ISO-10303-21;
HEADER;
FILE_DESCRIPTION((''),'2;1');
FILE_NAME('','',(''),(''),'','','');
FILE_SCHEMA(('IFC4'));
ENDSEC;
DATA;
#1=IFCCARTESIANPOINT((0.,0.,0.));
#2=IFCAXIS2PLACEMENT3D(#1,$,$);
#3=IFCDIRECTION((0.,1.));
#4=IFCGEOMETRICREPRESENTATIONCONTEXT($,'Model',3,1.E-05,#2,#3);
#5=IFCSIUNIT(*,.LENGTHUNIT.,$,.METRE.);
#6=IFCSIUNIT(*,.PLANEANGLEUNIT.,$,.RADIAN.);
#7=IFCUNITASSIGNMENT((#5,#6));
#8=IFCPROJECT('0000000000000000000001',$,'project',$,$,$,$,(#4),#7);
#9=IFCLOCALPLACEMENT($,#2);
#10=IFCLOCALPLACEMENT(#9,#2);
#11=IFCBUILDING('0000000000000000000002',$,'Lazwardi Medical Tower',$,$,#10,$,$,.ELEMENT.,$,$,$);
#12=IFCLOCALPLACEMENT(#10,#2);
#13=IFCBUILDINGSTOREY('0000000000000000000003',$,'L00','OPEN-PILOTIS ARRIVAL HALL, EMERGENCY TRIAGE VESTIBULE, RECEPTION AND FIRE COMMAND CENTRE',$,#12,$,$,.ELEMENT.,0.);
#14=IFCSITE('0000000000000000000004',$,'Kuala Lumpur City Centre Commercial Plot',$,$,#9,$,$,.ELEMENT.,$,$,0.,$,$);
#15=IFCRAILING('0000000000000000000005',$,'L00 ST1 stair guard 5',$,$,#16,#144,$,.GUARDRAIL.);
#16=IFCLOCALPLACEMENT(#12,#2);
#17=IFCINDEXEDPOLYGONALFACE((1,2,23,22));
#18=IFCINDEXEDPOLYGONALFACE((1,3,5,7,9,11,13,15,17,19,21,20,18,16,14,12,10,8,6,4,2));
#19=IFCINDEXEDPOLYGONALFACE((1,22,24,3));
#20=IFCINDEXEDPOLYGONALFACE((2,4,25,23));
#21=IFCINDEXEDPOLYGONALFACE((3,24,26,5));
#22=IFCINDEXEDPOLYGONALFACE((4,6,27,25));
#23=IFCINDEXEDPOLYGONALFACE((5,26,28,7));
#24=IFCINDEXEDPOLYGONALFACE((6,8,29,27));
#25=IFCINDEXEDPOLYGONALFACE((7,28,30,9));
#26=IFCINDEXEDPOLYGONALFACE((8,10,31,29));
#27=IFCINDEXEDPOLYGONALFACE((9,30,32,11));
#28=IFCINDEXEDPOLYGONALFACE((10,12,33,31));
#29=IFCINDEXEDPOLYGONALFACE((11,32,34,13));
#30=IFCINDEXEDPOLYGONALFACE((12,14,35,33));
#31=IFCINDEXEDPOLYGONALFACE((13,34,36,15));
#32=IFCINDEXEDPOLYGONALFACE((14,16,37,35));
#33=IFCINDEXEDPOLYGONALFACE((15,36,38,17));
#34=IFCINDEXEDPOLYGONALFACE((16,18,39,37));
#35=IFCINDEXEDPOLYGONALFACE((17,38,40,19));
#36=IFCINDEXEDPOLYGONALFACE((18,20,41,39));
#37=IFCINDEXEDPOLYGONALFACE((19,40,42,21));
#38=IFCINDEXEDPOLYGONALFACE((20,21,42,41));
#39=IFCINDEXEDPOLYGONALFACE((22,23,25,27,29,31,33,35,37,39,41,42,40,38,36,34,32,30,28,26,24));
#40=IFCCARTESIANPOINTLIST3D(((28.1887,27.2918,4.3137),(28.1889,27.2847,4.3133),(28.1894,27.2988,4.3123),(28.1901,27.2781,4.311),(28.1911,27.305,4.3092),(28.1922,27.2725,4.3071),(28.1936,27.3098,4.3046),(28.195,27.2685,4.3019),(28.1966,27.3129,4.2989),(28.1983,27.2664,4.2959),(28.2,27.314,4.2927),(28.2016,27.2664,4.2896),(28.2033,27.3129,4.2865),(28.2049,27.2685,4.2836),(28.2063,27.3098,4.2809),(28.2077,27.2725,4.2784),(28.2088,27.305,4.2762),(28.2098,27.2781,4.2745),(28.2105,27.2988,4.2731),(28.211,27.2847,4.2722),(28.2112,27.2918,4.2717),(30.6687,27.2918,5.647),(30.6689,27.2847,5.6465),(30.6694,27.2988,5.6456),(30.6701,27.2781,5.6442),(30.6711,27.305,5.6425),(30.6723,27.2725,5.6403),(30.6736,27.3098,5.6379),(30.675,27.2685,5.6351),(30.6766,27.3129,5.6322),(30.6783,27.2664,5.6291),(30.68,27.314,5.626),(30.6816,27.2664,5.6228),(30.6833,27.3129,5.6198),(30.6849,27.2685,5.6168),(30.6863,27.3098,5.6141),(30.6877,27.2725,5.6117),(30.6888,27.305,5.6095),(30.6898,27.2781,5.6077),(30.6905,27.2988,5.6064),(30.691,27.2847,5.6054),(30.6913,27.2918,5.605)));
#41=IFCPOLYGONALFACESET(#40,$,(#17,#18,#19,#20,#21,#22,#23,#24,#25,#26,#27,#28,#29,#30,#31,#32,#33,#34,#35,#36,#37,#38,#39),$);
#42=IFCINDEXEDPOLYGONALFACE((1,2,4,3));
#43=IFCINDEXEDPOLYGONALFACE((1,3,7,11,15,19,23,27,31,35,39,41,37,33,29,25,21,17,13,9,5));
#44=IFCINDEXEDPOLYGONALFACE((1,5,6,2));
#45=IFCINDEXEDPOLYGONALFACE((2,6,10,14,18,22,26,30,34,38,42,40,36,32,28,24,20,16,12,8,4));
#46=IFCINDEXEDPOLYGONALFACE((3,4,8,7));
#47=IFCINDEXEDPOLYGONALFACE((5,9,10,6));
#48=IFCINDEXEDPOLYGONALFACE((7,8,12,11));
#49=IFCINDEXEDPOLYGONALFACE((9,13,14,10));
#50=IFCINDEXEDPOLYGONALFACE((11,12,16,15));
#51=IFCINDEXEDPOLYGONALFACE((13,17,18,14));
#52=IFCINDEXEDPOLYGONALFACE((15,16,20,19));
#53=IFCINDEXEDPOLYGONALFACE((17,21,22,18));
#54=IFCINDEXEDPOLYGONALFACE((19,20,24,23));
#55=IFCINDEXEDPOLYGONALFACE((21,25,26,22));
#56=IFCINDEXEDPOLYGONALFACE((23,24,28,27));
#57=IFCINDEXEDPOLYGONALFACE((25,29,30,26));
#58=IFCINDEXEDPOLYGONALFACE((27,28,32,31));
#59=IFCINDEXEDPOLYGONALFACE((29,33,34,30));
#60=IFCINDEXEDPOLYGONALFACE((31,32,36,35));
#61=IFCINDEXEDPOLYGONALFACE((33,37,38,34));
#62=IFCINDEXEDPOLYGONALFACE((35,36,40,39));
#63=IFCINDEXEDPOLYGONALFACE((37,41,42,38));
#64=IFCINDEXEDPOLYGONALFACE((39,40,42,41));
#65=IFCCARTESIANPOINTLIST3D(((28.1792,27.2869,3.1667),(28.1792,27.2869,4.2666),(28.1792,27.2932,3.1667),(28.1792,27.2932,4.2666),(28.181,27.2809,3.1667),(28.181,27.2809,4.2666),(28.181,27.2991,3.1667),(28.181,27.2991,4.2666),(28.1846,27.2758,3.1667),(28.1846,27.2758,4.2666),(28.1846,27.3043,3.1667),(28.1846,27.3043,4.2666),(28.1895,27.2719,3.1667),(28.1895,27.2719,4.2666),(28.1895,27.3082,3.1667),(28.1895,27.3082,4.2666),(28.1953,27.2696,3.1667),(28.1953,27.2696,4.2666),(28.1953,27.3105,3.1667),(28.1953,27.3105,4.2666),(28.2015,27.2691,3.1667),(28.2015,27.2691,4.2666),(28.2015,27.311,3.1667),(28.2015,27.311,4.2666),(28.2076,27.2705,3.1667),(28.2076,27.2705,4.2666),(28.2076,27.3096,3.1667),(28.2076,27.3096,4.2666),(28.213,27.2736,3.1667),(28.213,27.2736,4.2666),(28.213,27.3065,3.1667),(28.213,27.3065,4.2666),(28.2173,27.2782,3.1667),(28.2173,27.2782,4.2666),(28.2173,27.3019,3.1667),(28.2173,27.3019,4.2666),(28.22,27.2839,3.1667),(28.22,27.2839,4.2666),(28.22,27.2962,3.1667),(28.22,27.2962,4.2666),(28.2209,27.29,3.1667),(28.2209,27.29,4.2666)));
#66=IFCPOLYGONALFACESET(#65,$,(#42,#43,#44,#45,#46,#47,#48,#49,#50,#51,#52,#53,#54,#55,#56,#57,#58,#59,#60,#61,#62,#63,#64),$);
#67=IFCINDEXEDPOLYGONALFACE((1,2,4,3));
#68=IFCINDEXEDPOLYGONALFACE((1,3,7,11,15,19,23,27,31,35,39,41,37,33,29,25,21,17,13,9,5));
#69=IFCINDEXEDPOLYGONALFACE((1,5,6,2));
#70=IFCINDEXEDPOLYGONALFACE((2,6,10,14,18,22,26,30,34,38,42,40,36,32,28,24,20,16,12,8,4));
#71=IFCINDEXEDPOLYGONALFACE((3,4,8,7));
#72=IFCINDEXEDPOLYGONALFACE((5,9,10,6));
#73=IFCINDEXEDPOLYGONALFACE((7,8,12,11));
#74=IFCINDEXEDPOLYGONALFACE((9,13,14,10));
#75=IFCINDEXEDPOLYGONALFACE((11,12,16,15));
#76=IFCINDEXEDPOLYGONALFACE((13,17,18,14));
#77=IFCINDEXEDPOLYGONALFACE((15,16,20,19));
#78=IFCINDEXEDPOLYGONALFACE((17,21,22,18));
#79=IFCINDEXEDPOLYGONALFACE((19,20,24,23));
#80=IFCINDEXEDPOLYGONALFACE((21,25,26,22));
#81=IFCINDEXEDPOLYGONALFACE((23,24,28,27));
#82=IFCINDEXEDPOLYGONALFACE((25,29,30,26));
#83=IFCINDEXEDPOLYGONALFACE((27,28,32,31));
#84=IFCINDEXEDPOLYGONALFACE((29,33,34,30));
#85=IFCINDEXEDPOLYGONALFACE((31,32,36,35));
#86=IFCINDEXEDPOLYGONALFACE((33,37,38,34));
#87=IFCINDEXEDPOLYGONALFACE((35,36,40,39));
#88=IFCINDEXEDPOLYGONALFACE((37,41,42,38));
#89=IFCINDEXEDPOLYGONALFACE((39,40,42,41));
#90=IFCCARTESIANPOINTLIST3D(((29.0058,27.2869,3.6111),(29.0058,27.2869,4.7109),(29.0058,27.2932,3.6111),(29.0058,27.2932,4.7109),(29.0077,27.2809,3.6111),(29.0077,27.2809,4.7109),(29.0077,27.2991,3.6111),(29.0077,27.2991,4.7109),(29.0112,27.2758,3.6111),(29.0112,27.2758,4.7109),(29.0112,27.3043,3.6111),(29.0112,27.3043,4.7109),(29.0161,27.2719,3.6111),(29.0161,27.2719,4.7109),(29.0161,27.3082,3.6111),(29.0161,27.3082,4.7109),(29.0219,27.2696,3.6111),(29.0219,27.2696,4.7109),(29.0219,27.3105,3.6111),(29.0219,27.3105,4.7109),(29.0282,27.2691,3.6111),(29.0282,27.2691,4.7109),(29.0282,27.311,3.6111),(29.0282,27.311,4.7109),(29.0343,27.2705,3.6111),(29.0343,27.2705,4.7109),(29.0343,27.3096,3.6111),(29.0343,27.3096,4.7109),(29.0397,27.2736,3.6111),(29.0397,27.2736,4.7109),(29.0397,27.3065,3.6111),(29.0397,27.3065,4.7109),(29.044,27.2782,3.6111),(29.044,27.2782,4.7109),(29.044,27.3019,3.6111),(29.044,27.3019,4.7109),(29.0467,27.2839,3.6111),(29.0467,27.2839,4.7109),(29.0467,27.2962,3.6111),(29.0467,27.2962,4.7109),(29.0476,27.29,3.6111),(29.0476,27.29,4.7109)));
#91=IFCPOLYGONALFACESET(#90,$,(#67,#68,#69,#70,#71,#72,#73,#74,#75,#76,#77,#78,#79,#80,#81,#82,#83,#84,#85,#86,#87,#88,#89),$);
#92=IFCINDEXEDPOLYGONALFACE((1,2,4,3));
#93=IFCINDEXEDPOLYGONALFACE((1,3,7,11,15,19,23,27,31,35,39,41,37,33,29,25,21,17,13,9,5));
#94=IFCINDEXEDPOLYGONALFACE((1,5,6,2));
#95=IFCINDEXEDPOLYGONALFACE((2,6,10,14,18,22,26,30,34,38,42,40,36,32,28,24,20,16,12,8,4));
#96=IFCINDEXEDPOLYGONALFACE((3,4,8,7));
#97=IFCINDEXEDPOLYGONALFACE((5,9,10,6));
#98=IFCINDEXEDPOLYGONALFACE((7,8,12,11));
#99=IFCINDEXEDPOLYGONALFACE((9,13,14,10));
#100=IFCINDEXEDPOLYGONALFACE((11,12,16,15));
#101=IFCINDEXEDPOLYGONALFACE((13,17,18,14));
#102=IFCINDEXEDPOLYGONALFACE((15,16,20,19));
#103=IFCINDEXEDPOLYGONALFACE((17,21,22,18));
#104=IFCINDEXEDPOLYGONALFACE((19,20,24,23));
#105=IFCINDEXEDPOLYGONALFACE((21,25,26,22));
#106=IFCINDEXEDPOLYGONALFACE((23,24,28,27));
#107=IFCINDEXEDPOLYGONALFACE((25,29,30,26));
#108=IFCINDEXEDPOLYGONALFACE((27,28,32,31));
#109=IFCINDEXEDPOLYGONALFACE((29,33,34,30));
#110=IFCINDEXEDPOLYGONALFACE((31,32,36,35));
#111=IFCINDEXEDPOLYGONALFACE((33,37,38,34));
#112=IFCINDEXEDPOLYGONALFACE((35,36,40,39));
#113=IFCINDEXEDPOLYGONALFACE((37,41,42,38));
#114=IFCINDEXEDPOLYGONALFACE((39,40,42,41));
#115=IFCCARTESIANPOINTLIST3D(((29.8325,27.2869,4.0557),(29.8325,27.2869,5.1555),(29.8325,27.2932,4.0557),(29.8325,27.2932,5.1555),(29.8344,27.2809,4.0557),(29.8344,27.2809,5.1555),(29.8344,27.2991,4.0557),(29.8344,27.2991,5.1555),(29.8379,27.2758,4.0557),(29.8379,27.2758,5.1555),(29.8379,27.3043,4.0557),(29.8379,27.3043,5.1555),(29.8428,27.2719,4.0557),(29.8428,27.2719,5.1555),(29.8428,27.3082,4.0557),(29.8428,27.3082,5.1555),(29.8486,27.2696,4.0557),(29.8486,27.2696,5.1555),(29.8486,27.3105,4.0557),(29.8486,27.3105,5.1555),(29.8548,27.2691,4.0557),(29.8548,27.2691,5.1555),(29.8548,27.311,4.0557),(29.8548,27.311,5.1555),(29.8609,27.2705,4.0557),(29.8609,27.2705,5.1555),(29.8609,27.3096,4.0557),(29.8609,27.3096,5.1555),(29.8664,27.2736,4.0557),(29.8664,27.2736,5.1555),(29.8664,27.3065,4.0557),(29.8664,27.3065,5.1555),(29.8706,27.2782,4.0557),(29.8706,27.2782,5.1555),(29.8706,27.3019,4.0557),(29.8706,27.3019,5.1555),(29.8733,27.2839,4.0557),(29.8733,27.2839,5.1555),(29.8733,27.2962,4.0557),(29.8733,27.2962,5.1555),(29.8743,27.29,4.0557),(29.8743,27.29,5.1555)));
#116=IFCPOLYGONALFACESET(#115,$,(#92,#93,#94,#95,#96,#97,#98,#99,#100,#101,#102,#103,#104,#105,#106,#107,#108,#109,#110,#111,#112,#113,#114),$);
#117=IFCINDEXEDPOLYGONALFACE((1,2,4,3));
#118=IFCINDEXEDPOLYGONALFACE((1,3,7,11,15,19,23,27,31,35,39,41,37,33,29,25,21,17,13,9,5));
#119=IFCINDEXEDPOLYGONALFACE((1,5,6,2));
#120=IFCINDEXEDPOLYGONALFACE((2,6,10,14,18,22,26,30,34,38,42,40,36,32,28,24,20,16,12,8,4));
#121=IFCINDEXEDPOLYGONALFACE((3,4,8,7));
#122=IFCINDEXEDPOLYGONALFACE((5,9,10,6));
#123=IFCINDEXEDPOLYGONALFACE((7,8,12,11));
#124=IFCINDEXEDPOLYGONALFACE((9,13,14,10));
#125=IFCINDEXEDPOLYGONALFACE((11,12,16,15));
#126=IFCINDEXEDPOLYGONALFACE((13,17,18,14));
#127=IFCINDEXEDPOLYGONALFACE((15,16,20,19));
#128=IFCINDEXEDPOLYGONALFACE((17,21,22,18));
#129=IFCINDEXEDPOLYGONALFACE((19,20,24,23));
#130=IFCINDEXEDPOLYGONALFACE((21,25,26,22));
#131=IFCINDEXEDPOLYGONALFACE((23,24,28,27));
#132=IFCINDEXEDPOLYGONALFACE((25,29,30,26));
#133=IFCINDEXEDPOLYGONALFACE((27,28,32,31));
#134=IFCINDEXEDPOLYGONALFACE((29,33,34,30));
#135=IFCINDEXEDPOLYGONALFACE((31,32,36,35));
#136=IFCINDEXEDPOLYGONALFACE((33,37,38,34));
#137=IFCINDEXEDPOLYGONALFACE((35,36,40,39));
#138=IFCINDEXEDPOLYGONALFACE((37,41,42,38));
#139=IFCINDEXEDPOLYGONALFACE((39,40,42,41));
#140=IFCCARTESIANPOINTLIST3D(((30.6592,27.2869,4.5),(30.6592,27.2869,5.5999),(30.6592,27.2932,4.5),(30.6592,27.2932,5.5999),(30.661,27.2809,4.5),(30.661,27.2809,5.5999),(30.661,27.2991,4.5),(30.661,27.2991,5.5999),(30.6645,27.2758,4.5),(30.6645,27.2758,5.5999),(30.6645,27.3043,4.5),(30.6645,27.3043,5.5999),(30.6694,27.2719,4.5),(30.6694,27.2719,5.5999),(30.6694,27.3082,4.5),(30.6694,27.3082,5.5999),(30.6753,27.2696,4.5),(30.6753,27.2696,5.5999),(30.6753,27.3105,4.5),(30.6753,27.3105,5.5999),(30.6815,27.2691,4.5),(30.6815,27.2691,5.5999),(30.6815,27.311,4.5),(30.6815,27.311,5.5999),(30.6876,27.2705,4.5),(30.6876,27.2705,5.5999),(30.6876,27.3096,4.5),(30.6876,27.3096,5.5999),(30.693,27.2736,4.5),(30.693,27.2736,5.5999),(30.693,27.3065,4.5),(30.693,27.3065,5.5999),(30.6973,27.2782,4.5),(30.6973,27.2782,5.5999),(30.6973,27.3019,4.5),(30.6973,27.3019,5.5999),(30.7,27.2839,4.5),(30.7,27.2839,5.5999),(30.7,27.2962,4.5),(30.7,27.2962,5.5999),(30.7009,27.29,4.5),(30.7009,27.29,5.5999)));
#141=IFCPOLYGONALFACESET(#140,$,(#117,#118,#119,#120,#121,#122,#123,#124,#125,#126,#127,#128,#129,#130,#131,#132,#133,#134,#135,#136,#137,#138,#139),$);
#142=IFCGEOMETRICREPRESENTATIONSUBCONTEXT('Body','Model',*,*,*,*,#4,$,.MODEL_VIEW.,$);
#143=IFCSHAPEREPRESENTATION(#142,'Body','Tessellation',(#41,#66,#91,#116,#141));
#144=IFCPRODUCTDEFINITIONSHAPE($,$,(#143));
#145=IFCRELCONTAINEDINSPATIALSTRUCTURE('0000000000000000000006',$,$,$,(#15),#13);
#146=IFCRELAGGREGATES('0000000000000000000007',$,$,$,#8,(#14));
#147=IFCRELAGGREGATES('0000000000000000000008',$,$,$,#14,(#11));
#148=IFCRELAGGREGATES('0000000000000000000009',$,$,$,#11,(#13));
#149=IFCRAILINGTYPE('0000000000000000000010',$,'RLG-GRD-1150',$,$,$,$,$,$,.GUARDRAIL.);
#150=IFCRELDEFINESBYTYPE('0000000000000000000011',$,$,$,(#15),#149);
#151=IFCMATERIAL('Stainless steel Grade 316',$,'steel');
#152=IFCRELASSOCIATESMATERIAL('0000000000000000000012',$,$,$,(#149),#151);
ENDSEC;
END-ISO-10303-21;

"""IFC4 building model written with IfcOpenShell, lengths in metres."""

from ifc_helpers import new_model, si_unit, direction, frame, origin, origin_2d, place, context, subcontext, project, spatial, circle, extrude, material, type_object, element, save


model = new_model("IFC4")

# Units and contexts
model_context = context("Model", 3, precision=1e-05, world=origin(), true_north=direction((0.0, 1.0)))
body_context = subcontext(model_context, "Body", "Model", "MODEL_VIEW")
ifc_project = project(units=[si_unit("LENGTHUNIT", "METRE"), si_unit("PLANEANGLEUNIT", "RADIAN")], contexts=[model_context])

# Site, building, storey
site_placement = place(None, origin())
site = spatial("IfcSite", under=ifc_project, at=site_placement, Name="Kuala Lumpur City Centre Commercial Plot", CompositionType="ELEMENT", RefElevation=0.0)
building_placement = place(site_placement, origin())
building = spatial("IfcBuilding", under=site, at=building_placement, Name="Lazwardi Medical Tower", CompositionType="ELEMENT")
storey_placement = place(building_placement, origin())
storey = spatial("IfcBuildingStorey", under=building, at=storey_placement, Name="L00", Description="OPEN-PILOTIS ARRIVAL HALL, EMERGENCY TRIAGE VESTIBULE, RECEPTION AND FIRE COMMAND CENTRE", CompositionType="ELEMENT", Elevation=0.0)

# Railing
ifc_material_1 = material(Name="Stainless steel Grade 316", Category="steel")
railing_type_1 = type_object("IfcRailingType", Name="RLG-GRD-1150", PredefinedType="GUARDRAIL", material=ifc_material_1)
railing_1_placement = place(storey_placement, frame((28.2, 27.29, 3.1667)))
element("IfcRailing", 1, at=railing_1_placement, inside=storey, type_object=railing_type_1, Name="L00 ST1 stair guard 5", PredefinedType="GUARDRAIL", context=body_context, shape_type="SweptSolid", body=[
    extrude(circle(Radius=0.0239, at=origin_2d()), frame((0.0, 0.0, 1.126), z_axis=(0.880786, 0.0, 0.473515), x_axis=(0.0, 1.0, 0.0)), (0.0, 0.0, 1.0), 2.8157),
    extrude(circle(Radius=0.021, at=origin_2d()), origin(), (0.0, 0.0, 1.0), 1.0999),
    extrude(circle(Radius=0.021, at=origin_2d()), frame((0.8267, 0.0, 0.4443)), (0.0, 0.0, 1.0), 1.0999),
    extrude(circle(Radius=0.021, at=origin_2d()), frame((1.6533, 0.0, 0.8889)), (0.0, 0.0, 1.0), 1.0999),
    extrude(circle(Radius=0.021, at=origin_2d()), frame((2.48, 0.0, 1.3333)), (0.0, 0.0, 1.0), 1.0999),
])

save(model, "model.ifc")
